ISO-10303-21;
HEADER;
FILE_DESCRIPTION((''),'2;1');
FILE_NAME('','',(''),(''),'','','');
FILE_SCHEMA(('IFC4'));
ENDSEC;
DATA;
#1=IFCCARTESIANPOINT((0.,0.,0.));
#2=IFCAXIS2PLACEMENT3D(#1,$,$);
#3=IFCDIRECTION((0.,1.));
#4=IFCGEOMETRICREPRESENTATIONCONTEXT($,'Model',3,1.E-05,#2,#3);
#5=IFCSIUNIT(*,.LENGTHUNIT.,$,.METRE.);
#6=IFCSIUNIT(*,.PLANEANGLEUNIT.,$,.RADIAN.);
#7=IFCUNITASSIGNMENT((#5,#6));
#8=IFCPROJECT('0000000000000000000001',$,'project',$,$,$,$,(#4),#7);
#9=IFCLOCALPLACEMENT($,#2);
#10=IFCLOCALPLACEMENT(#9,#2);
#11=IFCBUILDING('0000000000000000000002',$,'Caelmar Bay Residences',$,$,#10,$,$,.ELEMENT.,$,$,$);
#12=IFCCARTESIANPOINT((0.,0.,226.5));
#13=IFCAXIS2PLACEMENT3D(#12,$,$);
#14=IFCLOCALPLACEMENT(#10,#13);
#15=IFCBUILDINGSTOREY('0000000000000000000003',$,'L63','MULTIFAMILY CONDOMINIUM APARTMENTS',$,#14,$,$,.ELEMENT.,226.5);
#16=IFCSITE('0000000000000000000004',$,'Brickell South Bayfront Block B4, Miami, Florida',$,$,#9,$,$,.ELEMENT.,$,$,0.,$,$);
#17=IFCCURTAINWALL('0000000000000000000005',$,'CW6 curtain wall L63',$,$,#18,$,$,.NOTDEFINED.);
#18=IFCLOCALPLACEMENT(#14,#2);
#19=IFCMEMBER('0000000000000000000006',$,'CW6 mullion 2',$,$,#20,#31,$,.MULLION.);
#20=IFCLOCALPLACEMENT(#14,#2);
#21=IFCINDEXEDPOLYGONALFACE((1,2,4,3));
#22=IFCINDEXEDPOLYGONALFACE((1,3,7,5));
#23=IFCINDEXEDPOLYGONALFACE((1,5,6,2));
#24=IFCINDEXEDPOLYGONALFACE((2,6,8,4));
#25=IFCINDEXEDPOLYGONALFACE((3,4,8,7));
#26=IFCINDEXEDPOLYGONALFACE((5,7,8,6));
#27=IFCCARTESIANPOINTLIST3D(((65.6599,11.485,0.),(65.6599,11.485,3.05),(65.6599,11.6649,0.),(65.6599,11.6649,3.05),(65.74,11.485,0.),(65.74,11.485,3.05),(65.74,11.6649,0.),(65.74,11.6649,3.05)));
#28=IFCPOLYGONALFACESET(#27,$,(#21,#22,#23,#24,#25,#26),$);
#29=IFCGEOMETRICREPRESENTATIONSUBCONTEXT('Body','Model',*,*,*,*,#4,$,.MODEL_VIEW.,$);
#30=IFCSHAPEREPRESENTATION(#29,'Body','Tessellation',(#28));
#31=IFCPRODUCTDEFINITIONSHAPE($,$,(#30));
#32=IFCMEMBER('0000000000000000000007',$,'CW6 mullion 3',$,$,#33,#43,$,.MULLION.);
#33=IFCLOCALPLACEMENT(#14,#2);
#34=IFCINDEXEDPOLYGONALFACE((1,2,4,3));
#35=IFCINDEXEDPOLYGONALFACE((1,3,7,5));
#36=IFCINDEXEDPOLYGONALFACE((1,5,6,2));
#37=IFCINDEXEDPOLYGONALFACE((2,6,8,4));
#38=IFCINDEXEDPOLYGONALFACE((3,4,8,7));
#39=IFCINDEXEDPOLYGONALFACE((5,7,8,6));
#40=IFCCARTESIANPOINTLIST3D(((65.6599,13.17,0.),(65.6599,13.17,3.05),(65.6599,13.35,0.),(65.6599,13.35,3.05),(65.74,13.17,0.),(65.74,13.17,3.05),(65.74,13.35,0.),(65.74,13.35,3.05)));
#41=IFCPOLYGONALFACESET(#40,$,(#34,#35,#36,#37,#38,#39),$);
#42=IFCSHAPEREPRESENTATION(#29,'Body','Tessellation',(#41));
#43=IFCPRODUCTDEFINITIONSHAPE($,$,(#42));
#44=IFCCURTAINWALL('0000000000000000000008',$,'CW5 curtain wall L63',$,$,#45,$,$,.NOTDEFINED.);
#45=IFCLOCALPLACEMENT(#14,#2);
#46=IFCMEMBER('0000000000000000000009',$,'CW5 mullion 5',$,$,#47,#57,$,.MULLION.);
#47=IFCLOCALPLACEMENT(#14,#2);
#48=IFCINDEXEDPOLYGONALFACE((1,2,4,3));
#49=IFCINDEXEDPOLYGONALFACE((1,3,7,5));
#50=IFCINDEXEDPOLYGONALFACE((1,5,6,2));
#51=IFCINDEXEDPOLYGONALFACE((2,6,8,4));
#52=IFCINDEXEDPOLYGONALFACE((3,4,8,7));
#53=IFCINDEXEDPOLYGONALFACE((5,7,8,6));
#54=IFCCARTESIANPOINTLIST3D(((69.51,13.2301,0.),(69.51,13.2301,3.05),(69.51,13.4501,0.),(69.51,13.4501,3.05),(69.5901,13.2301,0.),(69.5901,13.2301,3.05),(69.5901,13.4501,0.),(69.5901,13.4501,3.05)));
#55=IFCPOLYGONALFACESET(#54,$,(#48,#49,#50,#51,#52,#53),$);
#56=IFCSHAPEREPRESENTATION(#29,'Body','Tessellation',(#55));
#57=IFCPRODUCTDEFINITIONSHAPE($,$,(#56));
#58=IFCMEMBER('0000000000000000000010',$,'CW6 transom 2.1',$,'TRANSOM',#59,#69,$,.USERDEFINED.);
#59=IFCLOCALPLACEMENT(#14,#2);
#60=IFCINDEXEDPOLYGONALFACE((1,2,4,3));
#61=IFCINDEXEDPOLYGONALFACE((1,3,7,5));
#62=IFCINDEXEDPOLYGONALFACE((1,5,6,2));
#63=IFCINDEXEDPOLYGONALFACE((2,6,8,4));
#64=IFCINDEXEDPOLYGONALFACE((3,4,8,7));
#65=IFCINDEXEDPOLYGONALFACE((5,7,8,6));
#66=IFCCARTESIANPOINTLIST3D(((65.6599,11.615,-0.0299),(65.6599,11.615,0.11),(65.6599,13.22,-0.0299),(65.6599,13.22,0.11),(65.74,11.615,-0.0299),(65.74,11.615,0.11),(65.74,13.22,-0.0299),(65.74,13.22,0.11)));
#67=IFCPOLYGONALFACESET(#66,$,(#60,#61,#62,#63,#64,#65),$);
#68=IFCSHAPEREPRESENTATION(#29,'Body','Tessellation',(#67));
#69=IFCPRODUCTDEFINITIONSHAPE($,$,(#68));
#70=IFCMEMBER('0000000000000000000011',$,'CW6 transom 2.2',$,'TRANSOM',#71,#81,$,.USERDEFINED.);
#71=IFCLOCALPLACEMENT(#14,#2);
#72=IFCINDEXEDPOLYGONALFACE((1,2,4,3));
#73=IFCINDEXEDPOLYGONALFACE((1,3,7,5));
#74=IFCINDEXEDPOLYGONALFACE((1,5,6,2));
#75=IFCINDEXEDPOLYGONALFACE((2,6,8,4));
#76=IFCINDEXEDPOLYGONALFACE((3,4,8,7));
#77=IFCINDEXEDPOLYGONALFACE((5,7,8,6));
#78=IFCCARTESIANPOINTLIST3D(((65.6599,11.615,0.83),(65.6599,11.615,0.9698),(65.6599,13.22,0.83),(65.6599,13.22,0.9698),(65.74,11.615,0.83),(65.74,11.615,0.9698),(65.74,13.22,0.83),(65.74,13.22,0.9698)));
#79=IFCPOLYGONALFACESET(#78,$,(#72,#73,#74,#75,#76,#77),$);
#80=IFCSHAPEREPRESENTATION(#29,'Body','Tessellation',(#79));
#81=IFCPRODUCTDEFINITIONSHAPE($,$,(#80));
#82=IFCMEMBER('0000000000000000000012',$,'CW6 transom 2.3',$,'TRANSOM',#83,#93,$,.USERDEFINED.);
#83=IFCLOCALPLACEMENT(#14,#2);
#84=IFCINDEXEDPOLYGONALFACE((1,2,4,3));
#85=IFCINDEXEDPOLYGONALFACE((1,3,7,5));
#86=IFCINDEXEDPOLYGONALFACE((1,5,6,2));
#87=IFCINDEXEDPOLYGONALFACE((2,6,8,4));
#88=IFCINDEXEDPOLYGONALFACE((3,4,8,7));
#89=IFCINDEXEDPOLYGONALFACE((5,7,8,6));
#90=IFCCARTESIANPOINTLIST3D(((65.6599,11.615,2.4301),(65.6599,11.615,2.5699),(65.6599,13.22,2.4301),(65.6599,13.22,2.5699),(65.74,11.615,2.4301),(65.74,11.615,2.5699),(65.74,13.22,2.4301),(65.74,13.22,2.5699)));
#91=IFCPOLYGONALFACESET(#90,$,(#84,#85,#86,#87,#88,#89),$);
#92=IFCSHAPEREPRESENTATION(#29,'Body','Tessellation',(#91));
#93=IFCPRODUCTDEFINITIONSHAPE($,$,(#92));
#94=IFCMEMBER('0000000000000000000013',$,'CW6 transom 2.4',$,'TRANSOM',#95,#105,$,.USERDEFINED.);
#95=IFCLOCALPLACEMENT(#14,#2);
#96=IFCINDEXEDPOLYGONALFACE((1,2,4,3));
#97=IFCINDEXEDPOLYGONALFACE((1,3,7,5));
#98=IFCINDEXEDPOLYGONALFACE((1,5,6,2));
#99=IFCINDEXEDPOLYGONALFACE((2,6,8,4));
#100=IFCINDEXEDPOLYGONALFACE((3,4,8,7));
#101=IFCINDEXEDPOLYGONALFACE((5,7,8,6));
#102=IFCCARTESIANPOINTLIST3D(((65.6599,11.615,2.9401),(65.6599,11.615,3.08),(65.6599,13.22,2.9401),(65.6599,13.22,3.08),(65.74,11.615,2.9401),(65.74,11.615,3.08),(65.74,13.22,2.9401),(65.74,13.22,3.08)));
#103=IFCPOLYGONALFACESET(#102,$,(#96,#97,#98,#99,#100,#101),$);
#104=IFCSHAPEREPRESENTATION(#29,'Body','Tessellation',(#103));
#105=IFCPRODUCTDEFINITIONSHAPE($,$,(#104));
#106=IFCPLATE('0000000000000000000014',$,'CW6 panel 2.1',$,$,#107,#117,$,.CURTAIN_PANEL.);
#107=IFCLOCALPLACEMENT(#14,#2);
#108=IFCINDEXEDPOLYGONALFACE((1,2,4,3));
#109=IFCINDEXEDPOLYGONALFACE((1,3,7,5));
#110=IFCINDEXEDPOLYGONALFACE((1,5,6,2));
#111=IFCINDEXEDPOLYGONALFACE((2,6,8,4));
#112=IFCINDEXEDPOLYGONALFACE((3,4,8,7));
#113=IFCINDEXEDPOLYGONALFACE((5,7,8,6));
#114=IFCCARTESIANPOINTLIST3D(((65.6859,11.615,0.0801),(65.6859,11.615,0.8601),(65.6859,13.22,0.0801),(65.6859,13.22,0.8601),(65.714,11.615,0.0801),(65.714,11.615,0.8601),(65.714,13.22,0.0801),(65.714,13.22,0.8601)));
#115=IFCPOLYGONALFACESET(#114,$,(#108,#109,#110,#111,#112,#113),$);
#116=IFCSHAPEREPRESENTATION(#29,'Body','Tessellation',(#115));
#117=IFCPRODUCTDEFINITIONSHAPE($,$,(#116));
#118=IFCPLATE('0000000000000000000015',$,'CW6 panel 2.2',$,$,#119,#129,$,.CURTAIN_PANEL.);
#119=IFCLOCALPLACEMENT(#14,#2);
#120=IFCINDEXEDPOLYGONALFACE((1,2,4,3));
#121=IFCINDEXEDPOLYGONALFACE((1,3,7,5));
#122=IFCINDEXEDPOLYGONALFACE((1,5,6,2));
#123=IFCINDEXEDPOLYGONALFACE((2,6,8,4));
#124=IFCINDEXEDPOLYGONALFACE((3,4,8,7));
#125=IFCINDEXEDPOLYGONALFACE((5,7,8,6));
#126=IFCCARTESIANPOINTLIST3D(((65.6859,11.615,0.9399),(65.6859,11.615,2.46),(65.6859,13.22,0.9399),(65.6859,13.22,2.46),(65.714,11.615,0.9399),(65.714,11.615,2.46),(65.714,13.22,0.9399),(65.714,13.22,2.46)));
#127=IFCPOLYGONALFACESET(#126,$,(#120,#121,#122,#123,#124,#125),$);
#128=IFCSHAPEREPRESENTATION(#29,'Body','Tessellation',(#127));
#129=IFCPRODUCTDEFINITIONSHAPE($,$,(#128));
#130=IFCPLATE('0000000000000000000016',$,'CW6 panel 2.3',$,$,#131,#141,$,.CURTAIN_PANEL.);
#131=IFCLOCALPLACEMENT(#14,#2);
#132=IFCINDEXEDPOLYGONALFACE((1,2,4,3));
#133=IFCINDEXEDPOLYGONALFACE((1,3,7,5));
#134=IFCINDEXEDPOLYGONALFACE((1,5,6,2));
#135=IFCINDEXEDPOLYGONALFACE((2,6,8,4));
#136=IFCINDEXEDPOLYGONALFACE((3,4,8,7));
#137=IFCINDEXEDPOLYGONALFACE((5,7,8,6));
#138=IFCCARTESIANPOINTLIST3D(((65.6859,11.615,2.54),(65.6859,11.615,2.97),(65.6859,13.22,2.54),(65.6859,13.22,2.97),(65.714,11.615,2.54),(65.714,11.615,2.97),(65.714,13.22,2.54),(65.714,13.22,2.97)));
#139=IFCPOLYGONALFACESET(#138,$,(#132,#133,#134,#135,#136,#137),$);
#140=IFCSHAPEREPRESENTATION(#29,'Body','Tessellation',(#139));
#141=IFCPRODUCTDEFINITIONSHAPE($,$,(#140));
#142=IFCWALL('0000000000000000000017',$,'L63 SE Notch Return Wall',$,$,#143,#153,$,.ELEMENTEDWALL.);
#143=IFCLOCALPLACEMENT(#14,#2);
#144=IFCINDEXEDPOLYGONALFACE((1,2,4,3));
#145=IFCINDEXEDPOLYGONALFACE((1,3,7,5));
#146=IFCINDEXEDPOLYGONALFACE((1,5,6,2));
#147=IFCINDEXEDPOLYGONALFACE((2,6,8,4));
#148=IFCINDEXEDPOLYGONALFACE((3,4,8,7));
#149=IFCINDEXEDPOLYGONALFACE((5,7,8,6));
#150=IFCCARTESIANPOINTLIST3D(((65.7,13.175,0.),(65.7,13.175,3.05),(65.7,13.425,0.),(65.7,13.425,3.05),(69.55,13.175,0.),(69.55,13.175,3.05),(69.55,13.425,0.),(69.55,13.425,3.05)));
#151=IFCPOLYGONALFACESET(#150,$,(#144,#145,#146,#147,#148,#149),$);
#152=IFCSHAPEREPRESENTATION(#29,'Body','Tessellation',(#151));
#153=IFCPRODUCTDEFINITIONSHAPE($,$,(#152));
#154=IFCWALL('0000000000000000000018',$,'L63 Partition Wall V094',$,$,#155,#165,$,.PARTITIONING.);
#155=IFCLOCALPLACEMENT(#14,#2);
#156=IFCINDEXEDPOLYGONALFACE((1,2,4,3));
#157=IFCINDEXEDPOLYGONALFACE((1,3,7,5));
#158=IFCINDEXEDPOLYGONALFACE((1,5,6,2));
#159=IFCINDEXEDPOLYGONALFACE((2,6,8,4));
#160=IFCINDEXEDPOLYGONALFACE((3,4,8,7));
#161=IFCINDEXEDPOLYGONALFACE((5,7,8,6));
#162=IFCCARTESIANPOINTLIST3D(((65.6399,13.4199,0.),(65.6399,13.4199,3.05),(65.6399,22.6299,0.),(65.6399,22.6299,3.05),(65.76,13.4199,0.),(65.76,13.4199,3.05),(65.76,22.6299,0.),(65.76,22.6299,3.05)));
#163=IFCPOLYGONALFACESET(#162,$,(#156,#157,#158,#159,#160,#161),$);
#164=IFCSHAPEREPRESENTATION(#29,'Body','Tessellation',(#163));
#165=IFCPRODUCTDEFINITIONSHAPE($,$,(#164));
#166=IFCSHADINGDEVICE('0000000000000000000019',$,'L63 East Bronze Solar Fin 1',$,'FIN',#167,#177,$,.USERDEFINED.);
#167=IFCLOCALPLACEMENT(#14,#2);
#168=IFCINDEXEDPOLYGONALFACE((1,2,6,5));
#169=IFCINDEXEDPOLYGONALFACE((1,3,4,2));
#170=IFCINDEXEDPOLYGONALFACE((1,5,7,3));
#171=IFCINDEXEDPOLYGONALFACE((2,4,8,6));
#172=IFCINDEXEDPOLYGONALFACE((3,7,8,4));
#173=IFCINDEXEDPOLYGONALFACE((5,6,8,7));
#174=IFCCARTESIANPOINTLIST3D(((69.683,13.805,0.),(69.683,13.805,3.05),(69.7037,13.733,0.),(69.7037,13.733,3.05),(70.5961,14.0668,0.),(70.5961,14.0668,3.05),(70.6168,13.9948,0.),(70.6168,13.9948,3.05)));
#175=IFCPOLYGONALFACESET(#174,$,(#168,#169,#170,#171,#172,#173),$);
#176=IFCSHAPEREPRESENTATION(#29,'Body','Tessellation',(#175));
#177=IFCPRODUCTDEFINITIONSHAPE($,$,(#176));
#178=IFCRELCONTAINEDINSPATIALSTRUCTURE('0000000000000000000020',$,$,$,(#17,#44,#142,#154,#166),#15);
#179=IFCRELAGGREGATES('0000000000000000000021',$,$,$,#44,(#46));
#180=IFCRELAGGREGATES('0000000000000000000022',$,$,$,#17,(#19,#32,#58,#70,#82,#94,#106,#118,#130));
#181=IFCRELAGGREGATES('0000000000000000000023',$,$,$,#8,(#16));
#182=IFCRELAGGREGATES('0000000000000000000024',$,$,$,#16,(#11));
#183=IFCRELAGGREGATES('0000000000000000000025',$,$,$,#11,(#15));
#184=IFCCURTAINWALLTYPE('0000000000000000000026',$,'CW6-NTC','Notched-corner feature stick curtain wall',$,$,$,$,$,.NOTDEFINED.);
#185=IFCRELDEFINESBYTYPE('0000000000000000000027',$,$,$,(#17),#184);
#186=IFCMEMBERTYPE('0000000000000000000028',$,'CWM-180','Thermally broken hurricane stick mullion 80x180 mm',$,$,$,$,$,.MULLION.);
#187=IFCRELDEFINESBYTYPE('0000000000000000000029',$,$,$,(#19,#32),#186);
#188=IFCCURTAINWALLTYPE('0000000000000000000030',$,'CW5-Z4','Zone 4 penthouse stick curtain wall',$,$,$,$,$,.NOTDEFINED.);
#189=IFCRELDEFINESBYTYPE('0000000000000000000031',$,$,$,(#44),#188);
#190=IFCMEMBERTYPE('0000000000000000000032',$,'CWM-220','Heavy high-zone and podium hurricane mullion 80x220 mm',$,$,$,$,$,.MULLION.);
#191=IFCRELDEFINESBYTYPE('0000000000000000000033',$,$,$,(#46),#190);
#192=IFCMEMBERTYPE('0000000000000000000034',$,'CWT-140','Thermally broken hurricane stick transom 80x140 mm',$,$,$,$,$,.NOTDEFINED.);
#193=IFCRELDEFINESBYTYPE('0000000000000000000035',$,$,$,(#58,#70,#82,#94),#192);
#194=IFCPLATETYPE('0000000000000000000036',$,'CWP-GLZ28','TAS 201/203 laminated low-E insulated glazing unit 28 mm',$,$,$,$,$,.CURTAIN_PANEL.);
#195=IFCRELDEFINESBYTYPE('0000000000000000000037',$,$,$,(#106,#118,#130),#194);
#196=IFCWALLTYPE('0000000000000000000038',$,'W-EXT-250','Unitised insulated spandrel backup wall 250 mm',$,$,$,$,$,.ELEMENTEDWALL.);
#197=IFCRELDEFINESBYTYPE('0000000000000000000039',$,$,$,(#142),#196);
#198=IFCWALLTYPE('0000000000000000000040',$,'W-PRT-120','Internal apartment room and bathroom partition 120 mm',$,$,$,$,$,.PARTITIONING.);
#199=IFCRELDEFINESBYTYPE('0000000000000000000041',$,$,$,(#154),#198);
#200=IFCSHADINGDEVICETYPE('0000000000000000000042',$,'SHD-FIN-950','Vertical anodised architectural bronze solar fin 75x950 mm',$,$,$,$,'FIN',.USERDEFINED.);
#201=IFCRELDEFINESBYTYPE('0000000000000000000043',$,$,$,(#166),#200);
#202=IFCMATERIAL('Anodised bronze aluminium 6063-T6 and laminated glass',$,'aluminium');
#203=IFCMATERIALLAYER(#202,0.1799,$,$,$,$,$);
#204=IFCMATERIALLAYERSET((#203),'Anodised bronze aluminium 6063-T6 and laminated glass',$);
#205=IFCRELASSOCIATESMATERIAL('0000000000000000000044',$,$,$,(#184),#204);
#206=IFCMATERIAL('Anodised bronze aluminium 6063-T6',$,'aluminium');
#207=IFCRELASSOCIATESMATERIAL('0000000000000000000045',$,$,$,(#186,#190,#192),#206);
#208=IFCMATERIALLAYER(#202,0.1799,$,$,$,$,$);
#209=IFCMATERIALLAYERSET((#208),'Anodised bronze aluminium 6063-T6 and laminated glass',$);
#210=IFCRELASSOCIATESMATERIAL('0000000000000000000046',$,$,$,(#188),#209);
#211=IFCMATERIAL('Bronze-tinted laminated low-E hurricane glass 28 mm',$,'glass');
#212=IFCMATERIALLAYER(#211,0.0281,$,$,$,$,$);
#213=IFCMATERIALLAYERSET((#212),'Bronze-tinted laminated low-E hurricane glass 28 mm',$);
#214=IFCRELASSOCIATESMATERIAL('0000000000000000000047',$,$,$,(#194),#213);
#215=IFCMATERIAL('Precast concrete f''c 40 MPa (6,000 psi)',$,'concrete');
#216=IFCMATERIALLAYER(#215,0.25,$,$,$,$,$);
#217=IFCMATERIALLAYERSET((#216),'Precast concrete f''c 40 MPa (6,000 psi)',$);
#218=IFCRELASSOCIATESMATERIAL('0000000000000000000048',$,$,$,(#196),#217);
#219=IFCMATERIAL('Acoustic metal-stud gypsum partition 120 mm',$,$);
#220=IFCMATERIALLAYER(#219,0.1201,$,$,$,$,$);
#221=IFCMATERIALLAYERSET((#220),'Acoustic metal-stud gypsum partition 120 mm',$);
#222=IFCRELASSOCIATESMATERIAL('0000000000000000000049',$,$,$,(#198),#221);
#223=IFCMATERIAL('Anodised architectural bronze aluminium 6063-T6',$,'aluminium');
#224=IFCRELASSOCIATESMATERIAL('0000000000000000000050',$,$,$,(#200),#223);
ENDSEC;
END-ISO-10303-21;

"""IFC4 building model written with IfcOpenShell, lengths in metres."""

from ifc_helpers import new_model, si_unit, direction, frame, frame_2d, origin, origin_2d, place, context, subcontext, project, spatial, rectangle, extrude, material, layer, layer_set, material_profile, profile_set, type_object, element, aggregate, save


model = new_model("IFC4")

# Units and contexts
model_context = context("Model", 3, precision=1e-05, world=origin(), true_north=direction((0.0, 1.0)))
body_context = subcontext(model_context, "Body", "Model", "MODEL_VIEW")
ifc_project = project(units=[si_unit("LENGTHUNIT", "METRE"), si_unit("PLANEANGLEUNIT", "RADIAN")], contexts=[model_context])

# Site, building, storey
site_placement = place(None, origin())
site = spatial("IfcSite", under=ifc_project, at=site_placement, Name="Brickell South Bayfront Block B4, Miami, Florida", CompositionType="ELEMENT", RefElevation=0.0)
building_placement = place(site_placement, origin())
building = spatial("IfcBuilding", under=site, at=building_placement, Name="Caelmar Bay Residences", CompositionType="ELEMENT")
storey_placement = place(building_placement, frame((0.0, 0.0, 226.5)))
storey = spatial("IfcBuildingStorey", under=building, at=storey_placement, Name="L63", Description="MULTIFAMILY CONDOMINIUM APARTMENTS", CompositionType="ELEMENT", Elevation=226.5)

# Curtain wall, members
ifc_material_1 = material(Name="Anodised bronze aluminium 6063-T6 and laminated glass", Category="aluminium")
ifc_layer_1 = layer(ifc_material_1, 0.1799)
ifc_layer_set_1 = layer_set([ifc_layer_1], Name="Anodised bronze aluminium 6063-T6 and laminated glass")
curtain_wall_type_1 = type_object("IfcCurtainWallType", Name="CW6-NTC", Description="Notched-corner feature stick curtain wall", PredefinedType="NOTDEFINED", material=ifc_layer_set_1)
curtain_wall_1_placement = place(storey_placement, origin())
curtain_wall_1 = element("IfcCurtainWall", 1, at=curtain_wall_1_placement, inside=storey, type_object=curtain_wall_type_1, Name="CW6 curtain wall L63", PredefinedType="NOTDEFINED")
ifc_material_2 = material(Name="Anodised bronze aluminium 6063-T6", Category="aluminium")
ifc_material_profile_1 = material_profile(ifc_material_2, rectangle(XDim=0.0801, YDim=0.1799, at=origin_2d()), Name="CWM-80X180")
ifc_profile_set_1 = profile_set([ifc_material_profile_1], Name="Anodised bronze aluminium 6063-T6")
member_type_1 = type_object("IfcMemberType", Name="CWM-180", Description="Thermally broken hurricane stick mullion 80x180 mm", PredefinedType="MULLION", material=ifc_profile_set_1)
member_1_placement = place(storey_placement, frame((65.7, 11.575, 0.0), z_axis=(0.0, 0.0, 1.0), x_axis=(-1.0, 0.0, 0.0)))
member_1 = element("IfcMember", 2, at=member_1_placement, type_object=member_type_1, Name="CW6 mullion 2", PredefinedType="MULLION", context=body_context, shape_type="SweptSolid", body=[
    extrude(rectangle(XDim=0.0801, YDim=0.1799, at=origin_2d()), origin(), (0.0, 0.0, 1.0), 3.05),
])
member_2_placement = place(storey_placement, frame((65.7, 13.26, 0.0), z_axis=(0.0, 0.0, 1.0), x_axis=(-1.0, 0.0, 0.0)))
member_2 = element("IfcMember", 3, at=member_2_placement, type_object=member_type_1, Name="CW6 mullion 3", PredefinedType="MULLION", context=body_context, shape_type="SweptSolid", body=[
    extrude(rectangle(XDim=0.0801, YDim=0.1799, at=origin_2d()), origin(), (0.0, 0.0, 1.0), 3.05),
])

# Curtain wall, member
ifc_layer_2 = layer(ifc_material_1, 0.1799)
ifc_layer_set_2 = layer_set([ifc_layer_2], Name="Anodised bronze aluminium 6063-T6 and laminated glass")
curtain_wall_type_2 = type_object("IfcCurtainWallType", Name="CW5-Z4", Description="Zone 4 penthouse stick curtain wall", PredefinedType="NOTDEFINED", material=ifc_layer_set_2)
curtain_wall_2_placement = place(storey_placement, origin())
curtain_wall_2 = element("IfcCurtainWall", 4, at=curtain_wall_2_placement, inside=storey, type_object=curtain_wall_type_2, Name="CW5 curtain wall L63", PredefinedType="NOTDEFINED")
ifc_material_profile_2 = material_profile(ifc_material_2, rectangle(XDim=0.0801, YDim=0.22, at=origin_2d()), Name="CWM-80X220")
ifc_profile_set_2 = profile_set([ifc_material_profile_2], Name="Anodised bronze aluminium 6063-T6")
member_type_2 = type_object("IfcMemberType", Name="CWM-220", Description="Heavy high-zone and podium hurricane mullion 80x220 mm", PredefinedType="MULLION", material=ifc_profile_set_2)
member_3_placement = place(storey_placement, frame((69.55, 13.3401, 0.0), z_axis=(0.0, 0.0, 1.0), x_axis=(1.0, 0.0, 0.0)))
member_3 = element("IfcMember", 5, at=member_3_placement, type_object=member_type_2, Name="CW5 mullion 5", PredefinedType="MULLION", context=body_context, shape_type="SweptSolid", body=[
    extrude(rectangle(XDim=0.0801, YDim=0.22, at=origin_2d()), origin(), (0.0, 0.0, 1.0), 3.05),
])
aggregate(curtain_wall_2, [member_3])

# Members
ifc_material_profile_3 = material_profile(ifc_material_2, rectangle(XDim=0.0801, YDim=0.1399, at=origin_2d()), Name="CWT-80X140")
ifc_profile_set_3 = profile_set([ifc_material_profile_3], Name="Anodised bronze aluminium 6063-T6")
member_type_3 = type_object("IfcMemberType", Name="CWT-140", Description="Thermally broken hurricane stick transom 80x140 mm", PredefinedType="NOTDEFINED", material=ifc_profile_set_3)
member_4_placement = place(storey_placement, frame((65.7, 11.615, 0.04), z_axis=(0.0, 1.0, 0.0), x_axis=(-1.0, 0.0, 0.0)))
member_4 = element("IfcMember", 6, at=member_4_placement, type_object=member_type_3, Name="CW6 transom 2.1", ObjectType="TRANSOM", PredefinedType="USERDEFINED", context=body_context, shape_type="SweptSolid", body=[
    extrude(rectangle(XDim=0.0801, YDim=0.1399, at=origin_2d()), origin(), (0.0, 0.0, 1.0), 1.605),
])
member_5_placement = place(storey_placement, frame((65.7, 11.615, 0.8999), z_axis=(0.0, 1.0, 0.0), x_axis=(-1.0, 0.0, 0.0)))
member_5 = element("IfcMember", 7, at=member_5_placement, type_object=member_type_3, Name="CW6 transom 2.2", ObjectType="TRANSOM", PredefinedType="USERDEFINED", context=body_context, shape_type="SweptSolid", body=[
    extrude(rectangle(XDim=0.0801, YDim=0.1399, at=origin_2d()), origin(), (0.0, 0.0, 1.0), 1.605),
])
member_6_placement = place(storey_placement, frame((65.7, 11.615, 2.5), z_axis=(0.0, 1.0, 0.0), x_axis=(-1.0, 0.0, 0.0)))
member_6 = element("IfcMember", 8, at=member_6_placement, type_object=member_type_3, Name="CW6 transom 2.3", ObjectType="TRANSOM", PredefinedType="USERDEFINED", context=body_context, shape_type="SweptSolid", body=[
    extrude(rectangle(XDim=0.0801, YDim=0.1399, at=origin_2d()), origin(), (0.0, 0.0, 1.0), 1.605),
])
member_7_placement = place(storey_placement, frame((65.7, 11.615, 3.01), z_axis=(0.0, 1.0, 0.0), x_axis=(-1.0, 0.0, 0.0)))
member_7 = element("IfcMember", 9, at=member_7_placement, type_object=member_type_3, Name="CW6 transom 2.4", ObjectType="TRANSOM", PredefinedType="USERDEFINED", context=body_context, shape_type="SweptSolid", body=[
    extrude(rectangle(XDim=0.0801, YDim=0.1399, at=origin_2d()), origin(), (0.0, 0.0, 1.0), 1.605),
])

# Plates
ifc_material_3 = material(Name="Bronze-tinted laminated low-E hurricane glass 28 mm", Category="glass")
ifc_layer_3 = layer(ifc_material_3, 0.0281)
ifc_layer_set_3 = layer_set([ifc_layer_3], Name="Bronze-tinted laminated low-E hurricane glass 28 mm")
plate_type = type_object("IfcPlateType", Name="CWP-GLZ28", Description="TAS 201/203 laminated low-E insulated glazing unit 28 mm", PredefinedType="CURTAIN_PANEL", material=ifc_layer_set_3)
plate_1_placement = place(storey_placement, frame((65.7, 12.4175, 0.0801), z_axis=(0.0, 0.0, 1.0), x_axis=(0.0, 1.0, 0.0)))
plate_1 = element("IfcPlate", 10, at=plate_1_placement, type_object=plate_type, Name="CW6 panel 2.1", PredefinedType="CURTAIN_PANEL", context=body_context, shape_type="SweptSolid", body=[
    extrude(rectangle(XDim=1.605, YDim=0.0281, at=origin_2d()), origin(), (0.0, 0.0, 1.0), 0.78),
])
plate_2_placement = place(storey_placement, frame((65.7, 12.4175, 0.9399), z_axis=(0.0, 0.0, 1.0), x_axis=(0.0, 1.0, 0.0)))
plate_2 = element("IfcPlate", 11, at=plate_2_placement, type_object=plate_type, Name="CW6 panel 2.2", PredefinedType="CURTAIN_PANEL", context=body_context, shape_type="SweptSolid", body=[
    extrude(rectangle(XDim=1.605, YDim=0.0281, at=origin_2d()), origin(), (0.0, 0.0, 1.0), 1.52),
])
plate_3_placement = place(storey_placement, frame((65.7, 12.4175, 2.54), z_axis=(0.0, 0.0, 1.0), x_axis=(0.0, 1.0, 0.0)))
plate_3 = element("IfcPlate", 12, at=plate_3_placement, type_object=plate_type, Name="CW6 panel 2.3", PredefinedType="CURTAIN_PANEL", context=body_context, shape_type="SweptSolid", body=[
    extrude(rectangle(XDim=1.605, YDim=0.0281, at=origin_2d()), origin(), (0.0, 0.0, 1.0), 0.4299),
])
aggregate(curtain_wall_1, [member_1, member_2, member_4, member_5, member_6, member_7, plate_1, plate_2, plate_3])

# Walls
ifc_material_4 = material(Name="Precast concrete f'c 40 MPa (6,000 psi)", Category="concrete")
ifc_layer_4 = layer(ifc_material_4, 0.25)
ifc_layer_set_4 = layer_set([ifc_layer_4], Name="Precast concrete f'c 40 MPa (6,000 psi)")
wall_type_1 = type_object("IfcWallType", Name="W-EXT-250", Description="Unitised insulated spandrel backup wall 250 mm", PredefinedType="ELEMENTEDWALL", material=ifc_layer_set_4)
wall_1_placement = place(storey_placement, frame((65.7, 13.3, 0.0), z_axis=(0.0, 0.0, 1.0), x_axis=(1.0, 0.0, 0.0)))
element("IfcWall", 13, at=wall_1_placement, inside=storey, type_object=wall_type_1, Name="L63 SE Notch Return Wall", PredefinedType="ELEMENTEDWALL", context=body_context, shape_type="SweptSolid", body=[
    extrude(rectangle(XDim=3.8501, YDim=0.25, at=frame_2d((1.925, 0.0))), origin(), (0.0, 0.0, 1.0), 3.05),
])
ifc_material_5 = material(Name="Acoustic metal-stud gypsum partition 120 mm")
ifc_layer_5 = layer(ifc_material_5, 0.1201)
ifc_layer_set_5 = layer_set([ifc_layer_5], Name="Acoustic metal-stud gypsum partition 120 mm")
wall_type_2 = type_object("IfcWallType", Name="W-PRT-120", Description="Internal apartment room and bathroom partition 120 mm", PredefinedType="PARTITIONING", material=ifc_layer_set_5)
wall_2_placement = place(storey_placement, frame((65.7, 13.4199, 0.0), z_axis=(0.0, 0.0, 1.0), x_axis=(0.0, 1.0, 0.0)))
element("IfcWall", 14, at=wall_2_placement, inside=storey, type_object=wall_type_2, Name="L63 Partition Wall V094", PredefinedType="PARTITIONING", context=body_context, shape_type="SweptSolid", body=[
    extrude(rectangle(XDim=9.21, YDim=0.1201, at=frame_2d((4.605, 0.0))), origin(), (0.0, 0.0, 1.0), 3.05),
])

# Shading device
ifc_material_6 = material(Name="Anodised architectural bronze aluminium 6063-T6", Category="aluminium")
ifc_material_profile_4 = material_profile(ifc_material_6, rectangle(XDim=0.075, YDim=0.95, at=origin_2d()), Name="BRONZE-FIN-75X950")
ifc_profile_set_4 = profile_set([ifc_material_profile_4], Name="Anodised architectural bronze aluminium 6063-T6")
shading_device_type = type_object("IfcShadingDeviceType", Name="SHD-FIN-950", Description="Vertical anodised architectural bronze solar fin 75x950 mm", ElementType="FIN", PredefinedType="USERDEFINED", material=ifc_profile_set_4)
shading_device_placement = place(storey_placement, frame((70.1499, 13.8999, 0.0), z_axis=(0.0, 0.0, 1.0), x_axis=(-0.275637, 0.961262, 0.0)))
element("IfcShadingDevice", 15, at=shading_device_placement, inside=storey, type_object=shading_device_type, Name="L63 East Bronze Solar Fin 1", ObjectType="FIN", PredefinedType="USERDEFINED", context=body_context, shape_type="SweptSolid", body=[
    extrude(rectangle(XDim=0.075, YDim=0.95, at=origin_2d()), origin(), (0.0, 0.0, 1.0), 3.05),
])

save(model, "model.ifc")
